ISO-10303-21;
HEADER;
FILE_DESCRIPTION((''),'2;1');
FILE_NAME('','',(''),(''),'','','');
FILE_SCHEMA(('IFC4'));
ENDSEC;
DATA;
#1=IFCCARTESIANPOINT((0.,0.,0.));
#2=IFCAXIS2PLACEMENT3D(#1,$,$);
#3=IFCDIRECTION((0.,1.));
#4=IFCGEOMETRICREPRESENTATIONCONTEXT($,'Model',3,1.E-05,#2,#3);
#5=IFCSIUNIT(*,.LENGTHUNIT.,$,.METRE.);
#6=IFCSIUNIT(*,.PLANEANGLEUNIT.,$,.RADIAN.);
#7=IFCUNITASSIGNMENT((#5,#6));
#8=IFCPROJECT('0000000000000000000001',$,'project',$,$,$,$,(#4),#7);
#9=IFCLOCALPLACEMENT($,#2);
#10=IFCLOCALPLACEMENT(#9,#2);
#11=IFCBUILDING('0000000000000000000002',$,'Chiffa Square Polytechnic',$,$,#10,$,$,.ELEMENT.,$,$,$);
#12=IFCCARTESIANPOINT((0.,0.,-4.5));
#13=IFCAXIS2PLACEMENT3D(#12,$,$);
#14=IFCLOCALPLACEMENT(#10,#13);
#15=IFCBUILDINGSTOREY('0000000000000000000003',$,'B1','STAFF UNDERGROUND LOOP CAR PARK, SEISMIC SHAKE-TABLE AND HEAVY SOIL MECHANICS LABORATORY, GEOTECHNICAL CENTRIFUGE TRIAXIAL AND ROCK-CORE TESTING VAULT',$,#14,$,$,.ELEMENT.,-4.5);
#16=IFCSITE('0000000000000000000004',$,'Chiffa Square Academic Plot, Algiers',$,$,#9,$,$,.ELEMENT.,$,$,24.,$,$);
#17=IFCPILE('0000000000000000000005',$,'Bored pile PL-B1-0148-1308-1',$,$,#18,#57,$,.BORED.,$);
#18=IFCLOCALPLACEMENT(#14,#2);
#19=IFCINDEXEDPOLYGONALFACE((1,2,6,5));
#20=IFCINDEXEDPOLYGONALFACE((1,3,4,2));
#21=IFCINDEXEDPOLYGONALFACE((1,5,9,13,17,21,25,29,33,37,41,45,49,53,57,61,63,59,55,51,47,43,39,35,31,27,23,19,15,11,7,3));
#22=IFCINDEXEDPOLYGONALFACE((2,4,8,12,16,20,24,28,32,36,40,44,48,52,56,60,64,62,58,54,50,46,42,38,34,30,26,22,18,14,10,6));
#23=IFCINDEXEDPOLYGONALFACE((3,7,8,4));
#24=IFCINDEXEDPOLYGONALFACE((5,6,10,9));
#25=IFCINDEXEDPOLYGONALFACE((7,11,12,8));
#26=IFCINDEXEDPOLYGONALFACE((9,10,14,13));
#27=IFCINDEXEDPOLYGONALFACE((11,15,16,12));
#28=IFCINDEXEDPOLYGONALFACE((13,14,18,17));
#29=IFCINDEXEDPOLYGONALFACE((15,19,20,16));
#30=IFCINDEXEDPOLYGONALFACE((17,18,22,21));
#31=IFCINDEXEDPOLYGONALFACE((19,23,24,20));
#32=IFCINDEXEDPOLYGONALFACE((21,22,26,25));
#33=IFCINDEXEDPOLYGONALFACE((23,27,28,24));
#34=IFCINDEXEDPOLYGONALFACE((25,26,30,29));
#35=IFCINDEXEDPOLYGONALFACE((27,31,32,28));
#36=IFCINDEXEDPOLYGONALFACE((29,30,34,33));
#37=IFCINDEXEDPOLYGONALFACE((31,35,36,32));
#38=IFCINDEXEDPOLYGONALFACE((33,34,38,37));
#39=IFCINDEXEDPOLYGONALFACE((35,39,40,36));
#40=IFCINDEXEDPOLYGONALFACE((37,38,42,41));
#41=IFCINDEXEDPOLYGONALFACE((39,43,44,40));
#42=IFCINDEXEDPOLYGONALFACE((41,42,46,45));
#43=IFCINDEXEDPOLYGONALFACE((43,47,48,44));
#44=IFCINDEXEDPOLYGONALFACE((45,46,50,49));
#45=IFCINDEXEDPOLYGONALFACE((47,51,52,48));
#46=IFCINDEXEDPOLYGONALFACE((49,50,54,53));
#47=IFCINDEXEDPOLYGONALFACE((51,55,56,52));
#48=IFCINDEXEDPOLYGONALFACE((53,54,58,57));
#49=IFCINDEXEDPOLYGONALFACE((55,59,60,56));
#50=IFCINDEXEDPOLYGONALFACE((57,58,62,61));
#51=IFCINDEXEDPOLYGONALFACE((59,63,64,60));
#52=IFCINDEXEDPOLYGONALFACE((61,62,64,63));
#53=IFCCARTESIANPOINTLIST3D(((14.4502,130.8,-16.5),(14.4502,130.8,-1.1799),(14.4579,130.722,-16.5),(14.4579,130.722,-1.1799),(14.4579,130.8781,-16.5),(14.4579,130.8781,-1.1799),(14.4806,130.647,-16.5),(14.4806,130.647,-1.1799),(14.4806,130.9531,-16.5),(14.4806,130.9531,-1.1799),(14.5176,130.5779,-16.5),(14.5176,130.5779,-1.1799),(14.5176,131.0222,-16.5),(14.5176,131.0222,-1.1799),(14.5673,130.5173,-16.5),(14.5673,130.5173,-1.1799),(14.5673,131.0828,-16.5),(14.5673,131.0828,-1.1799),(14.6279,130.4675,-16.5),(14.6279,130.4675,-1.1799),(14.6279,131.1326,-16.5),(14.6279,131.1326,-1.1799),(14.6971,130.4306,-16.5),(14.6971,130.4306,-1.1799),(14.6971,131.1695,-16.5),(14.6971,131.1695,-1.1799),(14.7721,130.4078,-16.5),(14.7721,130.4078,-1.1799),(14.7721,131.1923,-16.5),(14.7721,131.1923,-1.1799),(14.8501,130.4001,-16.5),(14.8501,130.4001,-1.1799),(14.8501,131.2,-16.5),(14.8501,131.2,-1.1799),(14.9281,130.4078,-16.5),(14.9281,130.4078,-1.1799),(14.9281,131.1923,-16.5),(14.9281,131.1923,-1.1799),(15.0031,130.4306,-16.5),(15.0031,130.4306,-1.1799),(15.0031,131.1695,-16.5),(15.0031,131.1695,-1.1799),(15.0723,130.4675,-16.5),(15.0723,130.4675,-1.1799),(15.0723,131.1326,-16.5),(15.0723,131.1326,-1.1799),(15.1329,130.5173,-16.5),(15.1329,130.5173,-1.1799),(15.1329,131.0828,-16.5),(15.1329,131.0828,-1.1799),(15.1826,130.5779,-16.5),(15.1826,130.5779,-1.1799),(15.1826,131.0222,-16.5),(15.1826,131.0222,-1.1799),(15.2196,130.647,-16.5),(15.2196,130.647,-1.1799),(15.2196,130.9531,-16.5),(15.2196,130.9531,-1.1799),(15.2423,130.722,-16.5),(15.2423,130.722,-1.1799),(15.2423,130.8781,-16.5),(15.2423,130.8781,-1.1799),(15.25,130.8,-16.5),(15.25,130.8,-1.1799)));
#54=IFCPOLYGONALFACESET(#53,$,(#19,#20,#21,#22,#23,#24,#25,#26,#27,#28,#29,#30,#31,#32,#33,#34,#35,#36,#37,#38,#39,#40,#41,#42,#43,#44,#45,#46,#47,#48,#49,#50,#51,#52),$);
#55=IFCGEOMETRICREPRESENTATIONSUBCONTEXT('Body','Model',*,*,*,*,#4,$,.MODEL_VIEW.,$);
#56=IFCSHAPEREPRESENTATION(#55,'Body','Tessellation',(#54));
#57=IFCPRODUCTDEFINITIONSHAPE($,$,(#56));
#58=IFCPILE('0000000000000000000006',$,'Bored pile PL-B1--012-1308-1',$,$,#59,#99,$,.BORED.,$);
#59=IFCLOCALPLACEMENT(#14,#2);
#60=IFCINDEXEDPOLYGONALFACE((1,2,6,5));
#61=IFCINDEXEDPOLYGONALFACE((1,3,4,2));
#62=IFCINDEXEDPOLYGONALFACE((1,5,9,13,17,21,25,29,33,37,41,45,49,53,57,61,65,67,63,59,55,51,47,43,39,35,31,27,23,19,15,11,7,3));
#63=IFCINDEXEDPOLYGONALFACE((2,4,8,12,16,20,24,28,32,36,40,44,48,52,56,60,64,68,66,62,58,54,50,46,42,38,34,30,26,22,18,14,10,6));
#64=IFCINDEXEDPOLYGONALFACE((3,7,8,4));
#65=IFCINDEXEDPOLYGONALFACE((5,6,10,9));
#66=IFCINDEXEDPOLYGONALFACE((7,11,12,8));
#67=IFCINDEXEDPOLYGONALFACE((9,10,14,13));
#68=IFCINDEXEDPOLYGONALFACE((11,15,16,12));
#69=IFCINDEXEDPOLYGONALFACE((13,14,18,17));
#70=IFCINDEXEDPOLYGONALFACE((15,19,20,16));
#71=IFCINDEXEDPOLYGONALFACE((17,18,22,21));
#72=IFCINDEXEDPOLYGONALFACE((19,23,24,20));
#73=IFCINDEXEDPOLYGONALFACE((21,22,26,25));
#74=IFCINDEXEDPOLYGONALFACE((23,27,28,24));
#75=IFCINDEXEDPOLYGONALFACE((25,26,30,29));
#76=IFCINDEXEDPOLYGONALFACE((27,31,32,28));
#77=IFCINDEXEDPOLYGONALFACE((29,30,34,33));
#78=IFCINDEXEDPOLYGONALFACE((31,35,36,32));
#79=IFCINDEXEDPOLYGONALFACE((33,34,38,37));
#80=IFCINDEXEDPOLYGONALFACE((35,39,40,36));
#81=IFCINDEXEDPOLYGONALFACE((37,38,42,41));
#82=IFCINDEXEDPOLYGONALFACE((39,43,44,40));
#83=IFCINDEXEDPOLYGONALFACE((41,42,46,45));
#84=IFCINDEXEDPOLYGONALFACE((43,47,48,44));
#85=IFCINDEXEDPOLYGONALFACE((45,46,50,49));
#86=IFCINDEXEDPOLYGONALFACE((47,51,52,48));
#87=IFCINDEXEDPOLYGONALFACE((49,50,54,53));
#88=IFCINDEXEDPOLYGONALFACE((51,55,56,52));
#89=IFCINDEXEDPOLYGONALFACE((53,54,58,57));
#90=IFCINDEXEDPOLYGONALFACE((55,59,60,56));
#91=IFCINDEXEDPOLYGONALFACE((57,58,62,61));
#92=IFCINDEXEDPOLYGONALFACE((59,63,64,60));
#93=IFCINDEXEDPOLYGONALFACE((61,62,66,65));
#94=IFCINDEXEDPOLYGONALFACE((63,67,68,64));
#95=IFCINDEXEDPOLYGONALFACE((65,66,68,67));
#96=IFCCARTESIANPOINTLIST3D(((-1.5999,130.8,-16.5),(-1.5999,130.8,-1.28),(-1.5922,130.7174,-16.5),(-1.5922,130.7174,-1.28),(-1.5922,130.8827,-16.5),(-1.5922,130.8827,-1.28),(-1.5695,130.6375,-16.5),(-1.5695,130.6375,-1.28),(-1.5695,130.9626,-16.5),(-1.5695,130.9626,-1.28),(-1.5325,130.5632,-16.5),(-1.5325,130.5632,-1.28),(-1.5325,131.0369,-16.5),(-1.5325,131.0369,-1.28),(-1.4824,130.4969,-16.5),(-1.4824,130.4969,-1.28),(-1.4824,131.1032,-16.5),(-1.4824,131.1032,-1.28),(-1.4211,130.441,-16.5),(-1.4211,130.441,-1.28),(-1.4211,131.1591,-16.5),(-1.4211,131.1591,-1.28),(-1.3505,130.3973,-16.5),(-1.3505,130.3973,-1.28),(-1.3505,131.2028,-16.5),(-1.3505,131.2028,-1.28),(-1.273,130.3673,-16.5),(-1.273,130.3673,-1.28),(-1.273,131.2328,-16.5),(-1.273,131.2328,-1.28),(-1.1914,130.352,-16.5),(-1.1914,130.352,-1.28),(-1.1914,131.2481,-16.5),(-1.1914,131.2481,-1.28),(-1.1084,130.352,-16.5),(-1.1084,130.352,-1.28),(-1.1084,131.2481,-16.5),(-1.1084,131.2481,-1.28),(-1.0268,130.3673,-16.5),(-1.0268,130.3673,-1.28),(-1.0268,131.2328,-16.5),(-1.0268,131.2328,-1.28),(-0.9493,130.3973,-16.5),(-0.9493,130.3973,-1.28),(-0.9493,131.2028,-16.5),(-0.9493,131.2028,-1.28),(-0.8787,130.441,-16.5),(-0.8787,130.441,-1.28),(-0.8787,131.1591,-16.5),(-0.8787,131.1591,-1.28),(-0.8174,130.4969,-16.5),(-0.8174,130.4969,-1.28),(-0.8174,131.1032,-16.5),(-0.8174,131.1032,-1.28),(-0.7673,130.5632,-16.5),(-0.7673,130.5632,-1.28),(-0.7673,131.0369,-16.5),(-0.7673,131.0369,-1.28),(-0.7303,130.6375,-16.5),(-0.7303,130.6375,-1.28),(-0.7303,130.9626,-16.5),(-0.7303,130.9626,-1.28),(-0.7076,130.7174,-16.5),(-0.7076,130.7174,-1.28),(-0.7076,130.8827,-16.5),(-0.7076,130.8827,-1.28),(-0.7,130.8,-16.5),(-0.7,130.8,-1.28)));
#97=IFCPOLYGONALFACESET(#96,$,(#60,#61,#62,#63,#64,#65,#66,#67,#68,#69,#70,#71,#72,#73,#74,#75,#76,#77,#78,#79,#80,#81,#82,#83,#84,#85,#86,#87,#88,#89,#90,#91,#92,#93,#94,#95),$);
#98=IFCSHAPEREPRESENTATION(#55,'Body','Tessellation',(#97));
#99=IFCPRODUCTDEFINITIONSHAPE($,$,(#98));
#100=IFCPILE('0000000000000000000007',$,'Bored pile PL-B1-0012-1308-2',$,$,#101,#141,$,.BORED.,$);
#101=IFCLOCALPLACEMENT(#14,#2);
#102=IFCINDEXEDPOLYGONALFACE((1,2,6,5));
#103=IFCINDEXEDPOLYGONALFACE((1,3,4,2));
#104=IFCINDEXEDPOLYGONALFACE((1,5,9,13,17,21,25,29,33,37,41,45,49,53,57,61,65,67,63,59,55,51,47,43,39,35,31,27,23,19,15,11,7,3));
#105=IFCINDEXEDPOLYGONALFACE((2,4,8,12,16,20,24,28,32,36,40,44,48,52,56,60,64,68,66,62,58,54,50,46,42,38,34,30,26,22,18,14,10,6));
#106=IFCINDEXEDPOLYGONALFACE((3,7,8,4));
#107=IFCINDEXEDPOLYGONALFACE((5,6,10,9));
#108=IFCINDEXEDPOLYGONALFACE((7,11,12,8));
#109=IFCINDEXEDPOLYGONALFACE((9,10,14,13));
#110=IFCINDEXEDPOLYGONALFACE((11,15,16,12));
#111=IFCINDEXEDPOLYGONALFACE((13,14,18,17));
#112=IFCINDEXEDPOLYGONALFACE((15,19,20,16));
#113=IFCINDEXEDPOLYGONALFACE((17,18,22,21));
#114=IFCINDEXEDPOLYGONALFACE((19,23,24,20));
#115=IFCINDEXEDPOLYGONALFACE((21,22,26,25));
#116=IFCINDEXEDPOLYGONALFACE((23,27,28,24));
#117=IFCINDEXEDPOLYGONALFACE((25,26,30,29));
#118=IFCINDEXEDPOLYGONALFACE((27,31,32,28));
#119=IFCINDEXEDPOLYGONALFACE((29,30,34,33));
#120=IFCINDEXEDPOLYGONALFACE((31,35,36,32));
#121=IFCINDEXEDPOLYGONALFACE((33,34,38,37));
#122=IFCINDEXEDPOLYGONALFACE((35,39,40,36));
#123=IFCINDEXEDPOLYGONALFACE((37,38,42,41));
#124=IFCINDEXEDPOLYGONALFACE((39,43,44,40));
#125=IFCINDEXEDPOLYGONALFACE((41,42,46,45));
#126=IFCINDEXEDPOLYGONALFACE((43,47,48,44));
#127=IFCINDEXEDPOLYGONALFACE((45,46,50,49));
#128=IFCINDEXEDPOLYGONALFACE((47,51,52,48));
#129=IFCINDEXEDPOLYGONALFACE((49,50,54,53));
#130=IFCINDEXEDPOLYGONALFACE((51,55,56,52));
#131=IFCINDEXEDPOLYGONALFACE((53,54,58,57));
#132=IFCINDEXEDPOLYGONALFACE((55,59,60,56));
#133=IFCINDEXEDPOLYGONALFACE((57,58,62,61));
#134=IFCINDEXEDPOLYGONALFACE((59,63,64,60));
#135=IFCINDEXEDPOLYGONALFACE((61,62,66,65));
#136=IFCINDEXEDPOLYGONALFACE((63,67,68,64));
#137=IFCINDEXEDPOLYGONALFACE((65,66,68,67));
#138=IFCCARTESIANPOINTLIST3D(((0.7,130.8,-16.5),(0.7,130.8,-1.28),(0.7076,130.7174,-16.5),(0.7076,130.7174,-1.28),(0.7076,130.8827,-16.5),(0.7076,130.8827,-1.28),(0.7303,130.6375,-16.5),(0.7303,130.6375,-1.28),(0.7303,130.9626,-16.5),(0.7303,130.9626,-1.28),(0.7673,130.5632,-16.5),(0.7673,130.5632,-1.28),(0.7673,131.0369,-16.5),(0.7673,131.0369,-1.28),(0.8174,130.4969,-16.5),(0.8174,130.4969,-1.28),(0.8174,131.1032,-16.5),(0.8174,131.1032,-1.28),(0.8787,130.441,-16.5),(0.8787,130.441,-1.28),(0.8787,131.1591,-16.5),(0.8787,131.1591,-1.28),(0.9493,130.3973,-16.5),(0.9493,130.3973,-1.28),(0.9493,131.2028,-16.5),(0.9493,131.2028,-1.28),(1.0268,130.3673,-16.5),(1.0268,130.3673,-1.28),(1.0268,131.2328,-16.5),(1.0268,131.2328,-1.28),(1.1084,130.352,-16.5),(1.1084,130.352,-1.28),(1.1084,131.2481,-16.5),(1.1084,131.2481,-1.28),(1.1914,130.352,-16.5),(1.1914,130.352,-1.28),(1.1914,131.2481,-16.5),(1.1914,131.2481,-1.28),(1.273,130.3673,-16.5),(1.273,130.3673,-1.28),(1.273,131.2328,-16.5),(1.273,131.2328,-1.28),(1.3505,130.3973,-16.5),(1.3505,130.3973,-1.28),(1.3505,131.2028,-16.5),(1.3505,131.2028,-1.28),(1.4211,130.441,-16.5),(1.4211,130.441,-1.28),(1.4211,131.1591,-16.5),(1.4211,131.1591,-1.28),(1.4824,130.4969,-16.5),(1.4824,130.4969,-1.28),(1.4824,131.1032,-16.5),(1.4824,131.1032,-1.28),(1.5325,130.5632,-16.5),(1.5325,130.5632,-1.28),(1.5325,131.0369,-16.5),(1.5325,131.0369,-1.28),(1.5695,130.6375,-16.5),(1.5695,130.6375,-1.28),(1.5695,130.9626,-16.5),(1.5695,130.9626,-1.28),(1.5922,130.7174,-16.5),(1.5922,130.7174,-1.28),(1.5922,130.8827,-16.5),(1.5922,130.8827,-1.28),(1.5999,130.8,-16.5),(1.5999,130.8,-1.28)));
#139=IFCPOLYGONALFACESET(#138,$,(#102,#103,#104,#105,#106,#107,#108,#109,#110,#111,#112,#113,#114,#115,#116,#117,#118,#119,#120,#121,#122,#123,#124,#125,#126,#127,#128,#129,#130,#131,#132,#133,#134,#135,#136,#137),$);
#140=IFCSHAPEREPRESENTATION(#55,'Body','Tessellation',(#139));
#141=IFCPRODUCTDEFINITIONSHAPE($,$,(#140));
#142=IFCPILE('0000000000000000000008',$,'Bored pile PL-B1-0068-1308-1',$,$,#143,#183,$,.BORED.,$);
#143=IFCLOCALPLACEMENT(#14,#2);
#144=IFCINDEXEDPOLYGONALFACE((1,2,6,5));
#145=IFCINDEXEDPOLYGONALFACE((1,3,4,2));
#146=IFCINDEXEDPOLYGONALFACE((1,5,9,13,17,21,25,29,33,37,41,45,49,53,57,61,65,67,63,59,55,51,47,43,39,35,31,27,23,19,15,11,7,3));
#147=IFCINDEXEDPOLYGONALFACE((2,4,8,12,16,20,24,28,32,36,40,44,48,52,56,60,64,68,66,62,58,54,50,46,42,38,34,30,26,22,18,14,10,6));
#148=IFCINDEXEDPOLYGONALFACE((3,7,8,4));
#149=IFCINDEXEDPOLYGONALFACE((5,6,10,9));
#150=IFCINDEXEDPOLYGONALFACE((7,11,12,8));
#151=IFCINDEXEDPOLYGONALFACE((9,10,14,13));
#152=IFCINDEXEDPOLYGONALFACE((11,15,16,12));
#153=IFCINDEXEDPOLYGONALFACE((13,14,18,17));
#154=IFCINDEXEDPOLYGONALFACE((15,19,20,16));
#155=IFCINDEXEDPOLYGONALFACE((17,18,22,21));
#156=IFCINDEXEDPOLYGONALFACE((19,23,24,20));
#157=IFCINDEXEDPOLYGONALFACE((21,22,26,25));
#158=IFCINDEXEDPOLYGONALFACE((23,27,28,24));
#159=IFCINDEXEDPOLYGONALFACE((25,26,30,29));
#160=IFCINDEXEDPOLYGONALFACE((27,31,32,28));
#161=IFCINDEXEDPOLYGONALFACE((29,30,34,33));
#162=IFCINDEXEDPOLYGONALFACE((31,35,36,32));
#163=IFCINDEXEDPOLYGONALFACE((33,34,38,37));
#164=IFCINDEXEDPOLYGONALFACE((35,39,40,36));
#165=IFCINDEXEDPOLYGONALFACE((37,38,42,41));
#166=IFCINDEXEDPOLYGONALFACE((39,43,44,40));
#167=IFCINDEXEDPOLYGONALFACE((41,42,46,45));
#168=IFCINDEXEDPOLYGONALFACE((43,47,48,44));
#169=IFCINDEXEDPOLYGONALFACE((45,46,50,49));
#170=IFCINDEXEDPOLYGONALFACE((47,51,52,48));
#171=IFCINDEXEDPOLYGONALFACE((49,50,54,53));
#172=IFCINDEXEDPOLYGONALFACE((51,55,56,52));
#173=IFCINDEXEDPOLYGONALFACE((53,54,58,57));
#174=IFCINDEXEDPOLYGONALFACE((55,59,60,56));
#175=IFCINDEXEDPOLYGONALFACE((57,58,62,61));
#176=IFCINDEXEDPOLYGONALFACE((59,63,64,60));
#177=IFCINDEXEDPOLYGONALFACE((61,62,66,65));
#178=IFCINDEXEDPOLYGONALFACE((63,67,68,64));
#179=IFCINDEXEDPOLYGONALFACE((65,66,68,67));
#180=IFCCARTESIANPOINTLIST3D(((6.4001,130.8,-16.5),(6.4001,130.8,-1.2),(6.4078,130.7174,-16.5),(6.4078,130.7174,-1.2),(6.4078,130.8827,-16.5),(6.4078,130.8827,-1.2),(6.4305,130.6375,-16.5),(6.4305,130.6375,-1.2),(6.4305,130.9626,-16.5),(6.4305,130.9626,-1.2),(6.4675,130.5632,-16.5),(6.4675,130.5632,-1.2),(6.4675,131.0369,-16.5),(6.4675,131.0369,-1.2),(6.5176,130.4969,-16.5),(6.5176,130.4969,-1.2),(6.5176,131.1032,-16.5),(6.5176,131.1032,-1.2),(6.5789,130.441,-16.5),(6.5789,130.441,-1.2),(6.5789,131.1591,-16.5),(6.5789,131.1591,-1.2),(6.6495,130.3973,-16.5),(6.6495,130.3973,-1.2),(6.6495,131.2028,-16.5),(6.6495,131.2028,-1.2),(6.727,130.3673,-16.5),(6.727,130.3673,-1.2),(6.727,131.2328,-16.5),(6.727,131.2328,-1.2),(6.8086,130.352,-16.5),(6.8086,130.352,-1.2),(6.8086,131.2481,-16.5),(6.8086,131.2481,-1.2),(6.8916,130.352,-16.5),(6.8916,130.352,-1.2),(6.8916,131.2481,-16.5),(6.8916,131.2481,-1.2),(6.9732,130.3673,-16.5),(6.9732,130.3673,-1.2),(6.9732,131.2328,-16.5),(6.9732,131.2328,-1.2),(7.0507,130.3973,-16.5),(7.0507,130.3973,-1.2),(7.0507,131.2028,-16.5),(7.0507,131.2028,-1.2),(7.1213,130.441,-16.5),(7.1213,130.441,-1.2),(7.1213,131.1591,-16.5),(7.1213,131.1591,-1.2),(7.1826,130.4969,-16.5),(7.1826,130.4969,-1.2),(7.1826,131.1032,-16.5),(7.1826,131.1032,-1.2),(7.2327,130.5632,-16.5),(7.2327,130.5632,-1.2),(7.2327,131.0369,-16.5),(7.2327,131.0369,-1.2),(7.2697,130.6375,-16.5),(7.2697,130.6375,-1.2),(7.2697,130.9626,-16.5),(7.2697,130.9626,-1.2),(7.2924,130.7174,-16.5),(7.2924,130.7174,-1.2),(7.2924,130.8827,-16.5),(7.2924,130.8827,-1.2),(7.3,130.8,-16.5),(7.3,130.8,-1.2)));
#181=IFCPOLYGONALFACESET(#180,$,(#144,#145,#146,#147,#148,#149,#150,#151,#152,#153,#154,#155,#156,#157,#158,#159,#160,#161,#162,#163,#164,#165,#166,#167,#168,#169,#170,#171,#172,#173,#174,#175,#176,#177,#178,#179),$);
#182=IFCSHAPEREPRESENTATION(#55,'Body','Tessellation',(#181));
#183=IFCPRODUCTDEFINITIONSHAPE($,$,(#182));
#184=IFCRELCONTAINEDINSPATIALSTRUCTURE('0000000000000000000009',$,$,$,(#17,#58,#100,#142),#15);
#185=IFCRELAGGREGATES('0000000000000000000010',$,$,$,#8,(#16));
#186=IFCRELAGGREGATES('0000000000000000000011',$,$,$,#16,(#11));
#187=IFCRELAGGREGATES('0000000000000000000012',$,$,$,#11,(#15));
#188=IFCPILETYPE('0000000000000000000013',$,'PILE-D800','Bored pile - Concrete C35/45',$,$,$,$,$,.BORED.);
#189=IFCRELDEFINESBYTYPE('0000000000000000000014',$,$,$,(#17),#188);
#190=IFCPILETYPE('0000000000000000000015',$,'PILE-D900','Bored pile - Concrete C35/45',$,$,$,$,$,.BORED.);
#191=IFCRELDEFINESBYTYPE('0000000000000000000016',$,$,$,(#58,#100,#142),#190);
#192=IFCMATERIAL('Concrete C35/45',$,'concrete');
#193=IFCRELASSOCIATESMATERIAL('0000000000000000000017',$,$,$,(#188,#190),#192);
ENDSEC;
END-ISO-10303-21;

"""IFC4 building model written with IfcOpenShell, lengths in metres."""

from ifc_helpers import new_model, si_unit, direction, frame, origin, origin_2d, place, context, subcontext, project, spatial, circle, extrude, material, material_profile, profile_set, type_object, element, save


model = new_model("IFC4")

# Units and contexts
model_context = context("Model", 3, precision=1e-05, world=origin(), true_north=direction((0.0, 1.0)))
body_context = subcontext(model_context, "Body", "Model", "MODEL_VIEW")
ifc_project = project(units=[si_unit("LENGTHUNIT", "METRE"), si_unit("PLANEANGLEUNIT", "RADIAN")], contexts=[model_context])

# Site, building, storey
site_placement = place(None, origin())
site = spatial("IfcSite", under=ifc_project, at=site_placement, Name="Chiffa Square Academic Plot, Algiers", CompositionType="ELEMENT", RefElevation=24.0)
building_placement = place(site_placement, origin())
building = spatial("IfcBuilding", under=site, at=building_placement, Name="Chiffa Square Polytechnic", CompositionType="ELEMENT")
storey_placement = place(building_placement, frame((0.0, 0.0, -4.5)))
storey = spatial("IfcBuildingStorey", under=building, at=storey_placement, Name="B1", Description="STAFF UNDERGROUND LOOP CAR PARK, SEISMIC SHAKE-TABLE AND HEAVY SOIL MECHANICS LABORATORY, GEOTECHNICAL CENTRIFUGE TRIAXIAL AND ROCK-CORE TESTING VAULT", CompositionType="ELEMENT", Elevation=-4.5)

# Shared definitions
ifc_material_1 = material(Name="Concrete C35/45", Category="concrete")

# Piles
ifc_material_profile_1 = material_profile(ifc_material_1, circle(Radius=0.3999, at=origin_2d()), Name="PILE D800")
ifc_profile_set_1 = profile_set([ifc_material_profile_1], Name="Concrete C35/45")
pile_type_1 = type_object("IfcPileType", Name="PILE-D800", Description="Bored pile - Concrete C35/45", PredefinedType="BORED", material=ifc_profile_set_1)
pile_1_placement = place(storey_placement, frame((14.8501, 130.8, -1.1799), z_axis=(0.0, 0.0, -1.0), x_axis=(1.0, 0.0, 0.0)))
element("IfcPile", 1, at=pile_1_placement, inside=storey, type_object=pile_type_1, Name="Bored pile PL-B1-0148-1308-1", PredefinedType="BORED", context=body_context, shape_type="SweptSolid", body=[
    extrude(circle(Radius=0.3999, at=origin_2d()), origin(), (0.0, 0.0, 1.0), 15.3201),
])
ifc_material_profile_2 = material_profile(ifc_material_1, circle(Radius=0.45, at=origin_2d()), Name="PILE D900")
ifc_profile_set_2 = profile_set([ifc_material_profile_2], Name="Concrete C35/45")
pile_type_2 = type_object("IfcPileType", Name="PILE-D900", Description="Bored pile - Concrete C35/45", PredefinedType="BORED", material=ifc_profile_set_2)
for number, where, z_axis, x_axis, name in (
    (2, (-1.1499, 130.8, -1.28), (0.0, 0.0, -1.0), (1.0, 0.0, 0.0), "Bored pile PL-B1--012-1308-1"),
    (3, (1.1499, 130.8, -1.28), (0.0, 0.0, -1.0), (1.0, 0.0, 0.0), "Bored pile PL-B1-0012-1308-2"),
):
    element("IfcPile", number, at=place(storey_placement, frame(where, z_axis=z_axis, x_axis=x_axis)), inside=storey, type_object=pile_type_2, Name=name, PredefinedType="BORED", context=body_context, shape_type="SweptSolid", body=[
        extrude(circle(Radius=0.45, at=origin_2d()), origin(), (0.0, 0.0, 1.0), 15.22),
    ])
for number, where, z_axis, x_axis, name in (
    (4, (6.8501, 130.8, -1.2), (0.0, 0.0, -1.0), (1.0, 0.0, 0.0), "Bored pile PL-B1-0068-1308-1"),
):
    element("IfcPile", number, at=place(storey_placement, frame(where, z_axis=z_axis, x_axis=x_axis)), inside=storey, type_object=pile_type_2, Name=name, PredefinedType="BORED", context=body_context, shape_type="SweptSolid", body=[
        extrude(circle(Radius=0.45, at=origin_2d()), origin(), (0.0, 0.0, 1.0), 15.3),
    ])

save(model, "model.ifc")
